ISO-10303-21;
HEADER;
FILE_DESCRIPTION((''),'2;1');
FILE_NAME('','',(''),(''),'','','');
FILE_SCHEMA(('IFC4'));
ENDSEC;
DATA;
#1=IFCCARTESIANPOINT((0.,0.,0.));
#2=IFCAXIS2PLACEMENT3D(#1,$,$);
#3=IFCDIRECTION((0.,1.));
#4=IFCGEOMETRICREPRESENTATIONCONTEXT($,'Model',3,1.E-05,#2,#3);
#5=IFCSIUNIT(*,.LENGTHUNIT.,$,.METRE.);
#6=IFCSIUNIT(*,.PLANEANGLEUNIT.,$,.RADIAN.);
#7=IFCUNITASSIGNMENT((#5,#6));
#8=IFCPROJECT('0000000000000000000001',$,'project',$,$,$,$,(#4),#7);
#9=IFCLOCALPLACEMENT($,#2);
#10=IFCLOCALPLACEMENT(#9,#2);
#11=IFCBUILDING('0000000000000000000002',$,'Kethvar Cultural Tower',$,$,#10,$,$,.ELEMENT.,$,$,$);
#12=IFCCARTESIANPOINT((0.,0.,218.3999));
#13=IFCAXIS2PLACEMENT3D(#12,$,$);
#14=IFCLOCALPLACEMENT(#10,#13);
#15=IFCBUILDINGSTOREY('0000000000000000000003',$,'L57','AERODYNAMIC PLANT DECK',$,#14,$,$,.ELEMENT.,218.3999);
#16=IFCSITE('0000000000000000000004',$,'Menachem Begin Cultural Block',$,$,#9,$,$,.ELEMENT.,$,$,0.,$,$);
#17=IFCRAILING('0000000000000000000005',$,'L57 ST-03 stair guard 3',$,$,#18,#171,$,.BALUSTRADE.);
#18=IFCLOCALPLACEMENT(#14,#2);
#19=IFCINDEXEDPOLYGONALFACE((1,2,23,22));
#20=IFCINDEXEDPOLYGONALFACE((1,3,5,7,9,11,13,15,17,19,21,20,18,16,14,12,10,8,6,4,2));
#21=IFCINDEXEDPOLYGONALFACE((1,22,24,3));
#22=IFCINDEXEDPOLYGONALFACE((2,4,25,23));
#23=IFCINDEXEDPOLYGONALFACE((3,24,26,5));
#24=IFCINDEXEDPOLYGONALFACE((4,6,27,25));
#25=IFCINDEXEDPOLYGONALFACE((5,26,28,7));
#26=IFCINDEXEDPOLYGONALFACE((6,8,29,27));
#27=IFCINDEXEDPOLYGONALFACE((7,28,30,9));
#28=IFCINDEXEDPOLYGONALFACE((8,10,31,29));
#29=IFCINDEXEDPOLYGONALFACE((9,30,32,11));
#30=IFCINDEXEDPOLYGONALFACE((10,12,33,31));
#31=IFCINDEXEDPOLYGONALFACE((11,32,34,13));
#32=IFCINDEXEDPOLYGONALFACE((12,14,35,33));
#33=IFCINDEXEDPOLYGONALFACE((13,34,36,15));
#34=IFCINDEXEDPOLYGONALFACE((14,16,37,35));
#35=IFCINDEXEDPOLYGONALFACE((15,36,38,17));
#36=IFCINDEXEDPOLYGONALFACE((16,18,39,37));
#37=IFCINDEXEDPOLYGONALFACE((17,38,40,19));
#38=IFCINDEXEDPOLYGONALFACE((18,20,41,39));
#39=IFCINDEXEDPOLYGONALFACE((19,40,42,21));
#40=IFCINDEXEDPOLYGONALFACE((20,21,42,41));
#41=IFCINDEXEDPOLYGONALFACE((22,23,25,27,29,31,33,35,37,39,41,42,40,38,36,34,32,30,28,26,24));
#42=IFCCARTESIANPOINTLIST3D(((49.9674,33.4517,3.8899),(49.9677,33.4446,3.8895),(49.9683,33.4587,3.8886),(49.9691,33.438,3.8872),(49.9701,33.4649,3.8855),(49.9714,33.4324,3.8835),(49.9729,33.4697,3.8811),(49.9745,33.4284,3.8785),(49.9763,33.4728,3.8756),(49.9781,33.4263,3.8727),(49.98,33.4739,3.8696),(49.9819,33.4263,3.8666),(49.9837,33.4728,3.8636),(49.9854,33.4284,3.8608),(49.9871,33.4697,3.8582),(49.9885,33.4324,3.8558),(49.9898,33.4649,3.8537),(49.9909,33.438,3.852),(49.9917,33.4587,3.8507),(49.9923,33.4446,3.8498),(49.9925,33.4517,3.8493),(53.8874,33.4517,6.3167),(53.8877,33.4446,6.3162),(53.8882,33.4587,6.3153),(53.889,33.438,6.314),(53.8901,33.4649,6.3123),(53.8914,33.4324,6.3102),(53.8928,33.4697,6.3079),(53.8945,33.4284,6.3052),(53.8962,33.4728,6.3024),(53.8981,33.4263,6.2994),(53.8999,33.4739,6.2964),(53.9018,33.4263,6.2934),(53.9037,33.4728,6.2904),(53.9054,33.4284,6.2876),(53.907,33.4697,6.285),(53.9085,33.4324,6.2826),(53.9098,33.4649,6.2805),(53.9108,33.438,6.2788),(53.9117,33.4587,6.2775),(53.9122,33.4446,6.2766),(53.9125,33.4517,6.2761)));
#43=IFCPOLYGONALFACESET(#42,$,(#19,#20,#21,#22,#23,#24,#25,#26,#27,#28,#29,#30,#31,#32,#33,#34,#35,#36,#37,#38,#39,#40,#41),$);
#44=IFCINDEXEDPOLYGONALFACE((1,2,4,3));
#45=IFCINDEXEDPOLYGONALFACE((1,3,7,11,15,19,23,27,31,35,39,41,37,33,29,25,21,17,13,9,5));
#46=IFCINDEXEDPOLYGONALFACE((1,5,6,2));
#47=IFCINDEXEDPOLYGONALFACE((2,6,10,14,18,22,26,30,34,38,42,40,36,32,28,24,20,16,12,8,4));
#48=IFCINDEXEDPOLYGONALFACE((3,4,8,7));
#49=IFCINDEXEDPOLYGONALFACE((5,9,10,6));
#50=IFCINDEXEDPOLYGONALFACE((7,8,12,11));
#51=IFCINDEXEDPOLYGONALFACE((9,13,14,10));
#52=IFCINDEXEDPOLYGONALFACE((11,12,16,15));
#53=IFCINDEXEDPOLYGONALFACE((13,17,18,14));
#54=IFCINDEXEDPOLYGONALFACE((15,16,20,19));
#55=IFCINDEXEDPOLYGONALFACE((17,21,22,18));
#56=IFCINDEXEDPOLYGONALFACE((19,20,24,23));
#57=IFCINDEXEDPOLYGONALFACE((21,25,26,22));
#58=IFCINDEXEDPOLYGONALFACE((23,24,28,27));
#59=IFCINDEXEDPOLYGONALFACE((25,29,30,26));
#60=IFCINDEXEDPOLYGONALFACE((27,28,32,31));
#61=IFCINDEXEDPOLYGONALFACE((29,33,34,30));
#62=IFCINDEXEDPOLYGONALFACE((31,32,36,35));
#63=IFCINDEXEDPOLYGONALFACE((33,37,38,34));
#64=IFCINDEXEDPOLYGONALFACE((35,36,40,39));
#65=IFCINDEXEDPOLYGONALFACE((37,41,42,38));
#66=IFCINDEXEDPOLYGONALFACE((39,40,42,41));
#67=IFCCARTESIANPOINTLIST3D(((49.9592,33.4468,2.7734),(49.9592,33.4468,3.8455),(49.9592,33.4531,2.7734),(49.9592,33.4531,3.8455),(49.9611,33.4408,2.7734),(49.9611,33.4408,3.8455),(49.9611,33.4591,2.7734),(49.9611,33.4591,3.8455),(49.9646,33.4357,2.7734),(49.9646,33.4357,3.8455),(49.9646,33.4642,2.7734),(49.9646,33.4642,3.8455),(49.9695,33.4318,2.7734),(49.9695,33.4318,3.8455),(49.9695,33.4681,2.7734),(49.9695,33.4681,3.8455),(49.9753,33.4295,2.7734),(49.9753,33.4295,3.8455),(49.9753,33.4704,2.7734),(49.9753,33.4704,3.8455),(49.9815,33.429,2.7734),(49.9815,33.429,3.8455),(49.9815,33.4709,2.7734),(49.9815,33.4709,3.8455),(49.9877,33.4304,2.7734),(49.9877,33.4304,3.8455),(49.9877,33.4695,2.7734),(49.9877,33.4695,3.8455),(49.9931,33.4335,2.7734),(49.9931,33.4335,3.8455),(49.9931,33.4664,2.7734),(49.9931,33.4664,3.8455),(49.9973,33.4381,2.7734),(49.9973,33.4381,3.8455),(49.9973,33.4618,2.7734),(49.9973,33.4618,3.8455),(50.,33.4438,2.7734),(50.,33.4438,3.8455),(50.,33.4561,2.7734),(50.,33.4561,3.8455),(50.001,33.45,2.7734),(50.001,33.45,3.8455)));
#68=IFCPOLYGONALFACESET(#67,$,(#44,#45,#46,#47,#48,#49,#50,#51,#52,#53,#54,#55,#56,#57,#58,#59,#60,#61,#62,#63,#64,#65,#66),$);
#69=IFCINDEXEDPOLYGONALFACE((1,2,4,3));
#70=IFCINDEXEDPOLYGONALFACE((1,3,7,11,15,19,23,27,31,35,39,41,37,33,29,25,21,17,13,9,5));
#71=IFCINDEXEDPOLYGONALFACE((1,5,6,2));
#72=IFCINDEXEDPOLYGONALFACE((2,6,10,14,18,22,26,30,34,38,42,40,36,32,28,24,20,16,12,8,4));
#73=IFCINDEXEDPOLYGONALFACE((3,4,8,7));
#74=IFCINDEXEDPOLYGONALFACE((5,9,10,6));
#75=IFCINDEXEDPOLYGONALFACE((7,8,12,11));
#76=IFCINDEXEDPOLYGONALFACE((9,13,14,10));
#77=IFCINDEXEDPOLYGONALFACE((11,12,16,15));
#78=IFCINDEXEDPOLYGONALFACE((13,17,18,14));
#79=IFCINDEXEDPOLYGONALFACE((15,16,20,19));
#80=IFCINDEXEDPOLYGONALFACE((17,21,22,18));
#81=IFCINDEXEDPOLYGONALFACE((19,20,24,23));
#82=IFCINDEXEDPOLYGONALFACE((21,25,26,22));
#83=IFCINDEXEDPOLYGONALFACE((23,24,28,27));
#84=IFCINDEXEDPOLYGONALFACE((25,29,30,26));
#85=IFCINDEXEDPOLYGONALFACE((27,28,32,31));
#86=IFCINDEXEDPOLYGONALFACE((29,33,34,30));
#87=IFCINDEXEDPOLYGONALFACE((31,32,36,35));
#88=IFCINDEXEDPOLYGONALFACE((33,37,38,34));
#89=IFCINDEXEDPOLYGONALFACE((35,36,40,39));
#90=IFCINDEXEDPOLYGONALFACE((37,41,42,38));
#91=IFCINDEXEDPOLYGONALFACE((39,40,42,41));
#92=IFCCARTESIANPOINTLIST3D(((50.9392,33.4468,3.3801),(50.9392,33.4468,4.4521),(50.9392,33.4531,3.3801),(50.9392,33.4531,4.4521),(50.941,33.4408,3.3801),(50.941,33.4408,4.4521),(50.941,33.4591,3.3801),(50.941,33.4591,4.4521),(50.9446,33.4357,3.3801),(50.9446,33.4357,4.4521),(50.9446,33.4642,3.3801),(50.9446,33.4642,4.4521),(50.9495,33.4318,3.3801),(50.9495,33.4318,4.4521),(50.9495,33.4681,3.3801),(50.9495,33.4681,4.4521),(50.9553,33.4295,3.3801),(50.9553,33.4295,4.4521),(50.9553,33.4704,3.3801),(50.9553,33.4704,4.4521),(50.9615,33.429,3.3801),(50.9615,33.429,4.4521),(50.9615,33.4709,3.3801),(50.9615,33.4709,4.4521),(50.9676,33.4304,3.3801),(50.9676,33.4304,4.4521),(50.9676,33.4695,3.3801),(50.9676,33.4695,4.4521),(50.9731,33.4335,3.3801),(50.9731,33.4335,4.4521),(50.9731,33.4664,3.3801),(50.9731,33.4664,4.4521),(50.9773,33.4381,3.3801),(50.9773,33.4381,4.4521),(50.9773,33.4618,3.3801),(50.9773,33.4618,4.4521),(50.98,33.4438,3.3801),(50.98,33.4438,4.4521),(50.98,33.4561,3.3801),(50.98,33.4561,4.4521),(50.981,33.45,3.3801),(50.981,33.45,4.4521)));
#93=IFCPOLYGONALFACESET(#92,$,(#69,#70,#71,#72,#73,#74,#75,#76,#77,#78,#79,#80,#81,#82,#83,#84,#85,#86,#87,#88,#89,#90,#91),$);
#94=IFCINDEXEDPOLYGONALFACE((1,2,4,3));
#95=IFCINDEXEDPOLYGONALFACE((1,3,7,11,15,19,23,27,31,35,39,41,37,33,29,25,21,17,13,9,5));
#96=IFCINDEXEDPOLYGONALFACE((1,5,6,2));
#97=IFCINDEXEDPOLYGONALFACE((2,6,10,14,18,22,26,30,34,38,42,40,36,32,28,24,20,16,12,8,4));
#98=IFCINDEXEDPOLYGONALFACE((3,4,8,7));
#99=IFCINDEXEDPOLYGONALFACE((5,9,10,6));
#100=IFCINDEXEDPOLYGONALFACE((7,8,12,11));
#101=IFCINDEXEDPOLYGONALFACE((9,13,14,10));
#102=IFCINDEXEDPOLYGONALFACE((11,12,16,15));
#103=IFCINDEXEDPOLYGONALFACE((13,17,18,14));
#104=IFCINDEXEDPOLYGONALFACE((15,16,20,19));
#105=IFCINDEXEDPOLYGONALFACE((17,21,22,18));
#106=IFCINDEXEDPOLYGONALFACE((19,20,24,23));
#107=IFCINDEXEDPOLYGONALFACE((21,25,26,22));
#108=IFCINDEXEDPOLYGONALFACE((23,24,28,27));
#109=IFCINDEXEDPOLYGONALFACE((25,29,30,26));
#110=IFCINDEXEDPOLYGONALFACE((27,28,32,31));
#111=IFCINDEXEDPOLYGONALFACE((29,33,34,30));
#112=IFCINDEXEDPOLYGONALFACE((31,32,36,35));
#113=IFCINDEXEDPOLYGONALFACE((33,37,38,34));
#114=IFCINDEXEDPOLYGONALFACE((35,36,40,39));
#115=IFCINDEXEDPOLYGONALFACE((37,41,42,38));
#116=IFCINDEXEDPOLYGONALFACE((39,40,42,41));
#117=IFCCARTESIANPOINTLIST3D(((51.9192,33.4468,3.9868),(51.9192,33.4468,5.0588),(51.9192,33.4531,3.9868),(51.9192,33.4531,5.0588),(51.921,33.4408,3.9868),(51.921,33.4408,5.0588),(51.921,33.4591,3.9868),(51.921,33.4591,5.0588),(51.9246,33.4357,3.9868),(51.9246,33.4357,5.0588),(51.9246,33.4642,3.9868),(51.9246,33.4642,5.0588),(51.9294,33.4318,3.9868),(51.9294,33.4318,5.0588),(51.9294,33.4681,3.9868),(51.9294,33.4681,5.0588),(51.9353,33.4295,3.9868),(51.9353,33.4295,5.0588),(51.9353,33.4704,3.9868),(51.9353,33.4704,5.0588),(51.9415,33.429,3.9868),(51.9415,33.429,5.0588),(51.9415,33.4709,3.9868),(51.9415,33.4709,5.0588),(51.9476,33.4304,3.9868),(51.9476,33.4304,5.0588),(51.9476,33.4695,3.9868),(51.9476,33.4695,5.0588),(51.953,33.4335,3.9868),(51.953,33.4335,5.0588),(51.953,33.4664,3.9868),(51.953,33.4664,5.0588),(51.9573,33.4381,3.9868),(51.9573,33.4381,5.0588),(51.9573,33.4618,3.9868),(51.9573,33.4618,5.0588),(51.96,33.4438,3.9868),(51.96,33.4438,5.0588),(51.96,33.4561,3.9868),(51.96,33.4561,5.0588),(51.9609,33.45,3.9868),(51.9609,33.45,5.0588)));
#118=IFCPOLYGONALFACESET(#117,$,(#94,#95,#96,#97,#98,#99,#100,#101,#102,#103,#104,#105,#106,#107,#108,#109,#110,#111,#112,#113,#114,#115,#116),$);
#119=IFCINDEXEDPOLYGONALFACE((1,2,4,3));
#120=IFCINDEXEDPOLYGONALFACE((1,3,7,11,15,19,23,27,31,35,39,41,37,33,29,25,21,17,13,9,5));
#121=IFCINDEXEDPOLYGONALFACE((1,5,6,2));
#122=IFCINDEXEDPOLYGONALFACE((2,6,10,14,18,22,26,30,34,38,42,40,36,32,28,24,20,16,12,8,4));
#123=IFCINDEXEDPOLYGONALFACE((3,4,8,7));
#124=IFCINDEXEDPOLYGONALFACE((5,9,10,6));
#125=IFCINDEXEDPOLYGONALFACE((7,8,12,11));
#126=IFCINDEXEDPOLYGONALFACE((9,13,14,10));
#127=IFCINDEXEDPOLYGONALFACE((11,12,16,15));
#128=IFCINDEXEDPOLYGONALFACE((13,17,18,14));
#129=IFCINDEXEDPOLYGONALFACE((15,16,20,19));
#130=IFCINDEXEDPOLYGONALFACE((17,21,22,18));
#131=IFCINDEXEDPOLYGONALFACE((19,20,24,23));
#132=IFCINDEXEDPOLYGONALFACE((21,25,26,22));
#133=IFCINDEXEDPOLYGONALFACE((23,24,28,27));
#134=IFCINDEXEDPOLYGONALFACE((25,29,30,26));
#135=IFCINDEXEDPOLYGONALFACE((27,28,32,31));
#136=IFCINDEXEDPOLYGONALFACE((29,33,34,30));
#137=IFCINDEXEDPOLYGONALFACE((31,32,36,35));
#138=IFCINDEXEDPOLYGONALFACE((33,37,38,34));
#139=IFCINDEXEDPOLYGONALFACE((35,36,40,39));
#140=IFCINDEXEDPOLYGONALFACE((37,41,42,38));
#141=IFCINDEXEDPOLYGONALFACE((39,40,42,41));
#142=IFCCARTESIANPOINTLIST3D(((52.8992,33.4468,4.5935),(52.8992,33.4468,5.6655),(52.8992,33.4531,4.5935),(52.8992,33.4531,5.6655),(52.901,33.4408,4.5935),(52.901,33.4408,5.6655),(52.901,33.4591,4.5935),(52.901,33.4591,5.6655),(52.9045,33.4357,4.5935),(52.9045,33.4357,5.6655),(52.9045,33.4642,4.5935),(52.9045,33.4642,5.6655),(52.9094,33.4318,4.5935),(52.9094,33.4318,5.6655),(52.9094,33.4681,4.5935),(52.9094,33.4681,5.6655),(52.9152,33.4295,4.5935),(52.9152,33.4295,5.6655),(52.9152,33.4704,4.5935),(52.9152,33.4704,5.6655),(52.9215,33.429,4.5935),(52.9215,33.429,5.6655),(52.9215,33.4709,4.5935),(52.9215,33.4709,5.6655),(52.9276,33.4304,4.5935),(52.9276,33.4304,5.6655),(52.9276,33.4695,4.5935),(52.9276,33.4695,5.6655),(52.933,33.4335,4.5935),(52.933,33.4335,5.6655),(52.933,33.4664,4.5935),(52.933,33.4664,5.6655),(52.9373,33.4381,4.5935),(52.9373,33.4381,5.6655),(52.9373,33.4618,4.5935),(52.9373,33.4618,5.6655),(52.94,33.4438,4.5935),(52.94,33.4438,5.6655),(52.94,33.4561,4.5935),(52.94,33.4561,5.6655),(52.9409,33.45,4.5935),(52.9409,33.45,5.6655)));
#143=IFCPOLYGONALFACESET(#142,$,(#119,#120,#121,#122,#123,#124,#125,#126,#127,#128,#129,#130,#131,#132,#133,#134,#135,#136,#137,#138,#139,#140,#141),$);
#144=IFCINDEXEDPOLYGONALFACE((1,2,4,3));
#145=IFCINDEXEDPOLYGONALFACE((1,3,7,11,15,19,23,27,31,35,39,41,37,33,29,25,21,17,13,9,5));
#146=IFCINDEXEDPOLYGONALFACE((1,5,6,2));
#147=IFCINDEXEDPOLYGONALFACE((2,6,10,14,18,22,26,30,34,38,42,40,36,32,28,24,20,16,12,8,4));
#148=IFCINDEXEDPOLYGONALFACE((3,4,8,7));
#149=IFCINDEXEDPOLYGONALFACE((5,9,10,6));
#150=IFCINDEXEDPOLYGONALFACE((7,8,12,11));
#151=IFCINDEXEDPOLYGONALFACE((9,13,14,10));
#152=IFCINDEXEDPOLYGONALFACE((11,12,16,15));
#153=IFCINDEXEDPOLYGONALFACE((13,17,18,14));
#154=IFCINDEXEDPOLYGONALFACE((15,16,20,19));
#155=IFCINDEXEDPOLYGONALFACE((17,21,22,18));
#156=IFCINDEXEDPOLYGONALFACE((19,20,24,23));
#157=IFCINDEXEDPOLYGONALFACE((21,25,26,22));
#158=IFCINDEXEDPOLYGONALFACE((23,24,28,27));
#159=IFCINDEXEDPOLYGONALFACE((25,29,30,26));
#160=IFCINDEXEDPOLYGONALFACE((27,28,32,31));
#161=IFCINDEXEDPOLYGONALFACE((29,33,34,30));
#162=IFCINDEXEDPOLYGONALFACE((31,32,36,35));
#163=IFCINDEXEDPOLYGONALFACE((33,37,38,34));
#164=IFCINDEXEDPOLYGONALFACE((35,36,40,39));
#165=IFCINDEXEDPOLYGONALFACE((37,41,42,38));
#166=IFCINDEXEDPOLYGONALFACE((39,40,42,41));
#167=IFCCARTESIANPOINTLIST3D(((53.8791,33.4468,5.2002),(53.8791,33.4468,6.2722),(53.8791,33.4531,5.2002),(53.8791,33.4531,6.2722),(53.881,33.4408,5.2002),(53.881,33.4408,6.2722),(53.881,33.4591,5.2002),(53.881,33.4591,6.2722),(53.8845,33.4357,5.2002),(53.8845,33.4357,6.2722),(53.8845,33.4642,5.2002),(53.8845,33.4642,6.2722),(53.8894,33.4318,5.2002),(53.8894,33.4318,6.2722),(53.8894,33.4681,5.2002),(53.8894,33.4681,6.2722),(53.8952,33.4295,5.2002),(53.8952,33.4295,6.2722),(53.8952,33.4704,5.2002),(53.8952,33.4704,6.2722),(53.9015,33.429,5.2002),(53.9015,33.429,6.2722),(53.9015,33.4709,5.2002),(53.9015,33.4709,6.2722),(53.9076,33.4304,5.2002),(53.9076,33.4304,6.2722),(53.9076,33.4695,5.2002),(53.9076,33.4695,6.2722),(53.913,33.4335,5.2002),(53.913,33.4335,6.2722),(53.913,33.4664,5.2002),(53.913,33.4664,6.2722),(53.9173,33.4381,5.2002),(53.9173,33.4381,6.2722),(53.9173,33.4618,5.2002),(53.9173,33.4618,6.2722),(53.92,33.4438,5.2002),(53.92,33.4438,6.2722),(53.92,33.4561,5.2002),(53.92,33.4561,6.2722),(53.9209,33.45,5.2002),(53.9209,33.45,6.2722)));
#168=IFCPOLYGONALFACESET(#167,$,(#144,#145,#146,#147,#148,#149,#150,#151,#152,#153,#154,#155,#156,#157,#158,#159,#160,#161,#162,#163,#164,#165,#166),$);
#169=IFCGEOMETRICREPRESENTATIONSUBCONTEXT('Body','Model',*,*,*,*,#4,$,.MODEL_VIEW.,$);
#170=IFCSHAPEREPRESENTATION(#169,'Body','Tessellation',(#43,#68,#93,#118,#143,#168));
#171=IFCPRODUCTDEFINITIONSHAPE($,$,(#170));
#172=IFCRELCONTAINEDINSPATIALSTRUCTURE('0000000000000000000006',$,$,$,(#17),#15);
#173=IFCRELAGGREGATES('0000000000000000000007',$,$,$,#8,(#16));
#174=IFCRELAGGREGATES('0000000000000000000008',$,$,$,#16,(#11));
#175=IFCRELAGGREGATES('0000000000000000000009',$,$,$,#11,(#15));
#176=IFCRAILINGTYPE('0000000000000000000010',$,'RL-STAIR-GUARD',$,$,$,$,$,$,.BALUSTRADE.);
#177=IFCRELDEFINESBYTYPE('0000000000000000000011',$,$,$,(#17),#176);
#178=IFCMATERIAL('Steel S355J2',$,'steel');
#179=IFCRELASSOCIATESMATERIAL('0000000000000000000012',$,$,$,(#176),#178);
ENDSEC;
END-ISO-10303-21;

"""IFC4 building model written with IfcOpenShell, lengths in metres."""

from ifc_helpers import new_model, si_unit, direction, frame, origin, origin_2d, place, context, subcontext, project, spatial, circle, extrude, material, type_object, element, save


model = new_model("IFC4")

# Units and contexts
model_context = context("Model", 3, precision=1e-05, world=origin(), true_north=direction((0.0, 1.0)))
body_context = subcontext(model_context, "Body", "Model", "MODEL_VIEW")
ifc_project = project(units=[si_unit("LENGTHUNIT", "METRE"), si_unit("PLANEANGLEUNIT", "RADIAN")], contexts=[model_context])

# Site, building, storey
site_placement = place(None, origin())
site = spatial("IfcSite", under=ifc_project, at=site_placement, Name="Menachem Begin Cultural Block", CompositionType="ELEMENT", RefElevation=0.0)
building_placement = place(site_placement, origin())
building = spatial("IfcBuilding", under=site, at=building_placement, Name="Kethvar Cultural Tower", CompositionType="ELEMENT")
storey_placement = place(building_placement, frame((0.0, 0.0, 218.3999)))
storey = spatial("IfcBuildingStorey", under=building, at=storey_placement, Name="L57", Description="AERODYNAMIC PLANT DECK", CompositionType="ELEMENT", Elevation=218.3999)

# Shared definitions
ifc_material_1 = material(Name="Steel S355J2", Category="steel")

# Railing
railing_type_1 = type_object("IfcRailingType", Name="RL-STAIR-GUARD", PredefinedType="BALUSTRADE", material=ifc_material_1)
railing_1_placement = place(storey_placement, frame((49.98, 33.45, 2.7734)))
element("IfcRailing", 1, at=railing_1_placement, inside=storey, type_object=railing_type_1, Name="L57 ST-03 stair guard 3", PredefinedType="BALUSTRADE", context=body_context, shape_type="SweptSolid", body=[
    extrude(circle(Radius=0.0239, at=origin_2d()), frame((0.0, 0.0, 1.0962), z_axis=(0.850252, 0.0, 0.526376), x_axis=(0.0, 1.0, 0.0)), (0.0, 0.0, 1.0), 4.6104),
    extrude(circle(Radius=0.021, at=origin_2d()), origin(), (0.0, 0.0, 1.0), 1.072),
    extrude(circle(Radius=0.021, at=origin_2d()), frame((0.98, 0.0, 0.6067)), (0.0, 0.0, 1.0), 1.072),
    extrude(circle(Radius=0.021, at=origin_2d()), frame((1.96, 0.0, 1.2134)), (0.0, 0.0, 1.0), 1.072),
    extrude(circle(Radius=0.021, at=origin_2d()), frame((2.9399, 0.0, 1.8201)), (0.0, 0.0, 1.0), 1.072),
    extrude(circle(Radius=0.021, at=origin_2d()), frame((3.9199, 0.0, 2.4268)), (0.0, 0.0, 1.0), 1.072),
])

save(model, "model.ifc")
